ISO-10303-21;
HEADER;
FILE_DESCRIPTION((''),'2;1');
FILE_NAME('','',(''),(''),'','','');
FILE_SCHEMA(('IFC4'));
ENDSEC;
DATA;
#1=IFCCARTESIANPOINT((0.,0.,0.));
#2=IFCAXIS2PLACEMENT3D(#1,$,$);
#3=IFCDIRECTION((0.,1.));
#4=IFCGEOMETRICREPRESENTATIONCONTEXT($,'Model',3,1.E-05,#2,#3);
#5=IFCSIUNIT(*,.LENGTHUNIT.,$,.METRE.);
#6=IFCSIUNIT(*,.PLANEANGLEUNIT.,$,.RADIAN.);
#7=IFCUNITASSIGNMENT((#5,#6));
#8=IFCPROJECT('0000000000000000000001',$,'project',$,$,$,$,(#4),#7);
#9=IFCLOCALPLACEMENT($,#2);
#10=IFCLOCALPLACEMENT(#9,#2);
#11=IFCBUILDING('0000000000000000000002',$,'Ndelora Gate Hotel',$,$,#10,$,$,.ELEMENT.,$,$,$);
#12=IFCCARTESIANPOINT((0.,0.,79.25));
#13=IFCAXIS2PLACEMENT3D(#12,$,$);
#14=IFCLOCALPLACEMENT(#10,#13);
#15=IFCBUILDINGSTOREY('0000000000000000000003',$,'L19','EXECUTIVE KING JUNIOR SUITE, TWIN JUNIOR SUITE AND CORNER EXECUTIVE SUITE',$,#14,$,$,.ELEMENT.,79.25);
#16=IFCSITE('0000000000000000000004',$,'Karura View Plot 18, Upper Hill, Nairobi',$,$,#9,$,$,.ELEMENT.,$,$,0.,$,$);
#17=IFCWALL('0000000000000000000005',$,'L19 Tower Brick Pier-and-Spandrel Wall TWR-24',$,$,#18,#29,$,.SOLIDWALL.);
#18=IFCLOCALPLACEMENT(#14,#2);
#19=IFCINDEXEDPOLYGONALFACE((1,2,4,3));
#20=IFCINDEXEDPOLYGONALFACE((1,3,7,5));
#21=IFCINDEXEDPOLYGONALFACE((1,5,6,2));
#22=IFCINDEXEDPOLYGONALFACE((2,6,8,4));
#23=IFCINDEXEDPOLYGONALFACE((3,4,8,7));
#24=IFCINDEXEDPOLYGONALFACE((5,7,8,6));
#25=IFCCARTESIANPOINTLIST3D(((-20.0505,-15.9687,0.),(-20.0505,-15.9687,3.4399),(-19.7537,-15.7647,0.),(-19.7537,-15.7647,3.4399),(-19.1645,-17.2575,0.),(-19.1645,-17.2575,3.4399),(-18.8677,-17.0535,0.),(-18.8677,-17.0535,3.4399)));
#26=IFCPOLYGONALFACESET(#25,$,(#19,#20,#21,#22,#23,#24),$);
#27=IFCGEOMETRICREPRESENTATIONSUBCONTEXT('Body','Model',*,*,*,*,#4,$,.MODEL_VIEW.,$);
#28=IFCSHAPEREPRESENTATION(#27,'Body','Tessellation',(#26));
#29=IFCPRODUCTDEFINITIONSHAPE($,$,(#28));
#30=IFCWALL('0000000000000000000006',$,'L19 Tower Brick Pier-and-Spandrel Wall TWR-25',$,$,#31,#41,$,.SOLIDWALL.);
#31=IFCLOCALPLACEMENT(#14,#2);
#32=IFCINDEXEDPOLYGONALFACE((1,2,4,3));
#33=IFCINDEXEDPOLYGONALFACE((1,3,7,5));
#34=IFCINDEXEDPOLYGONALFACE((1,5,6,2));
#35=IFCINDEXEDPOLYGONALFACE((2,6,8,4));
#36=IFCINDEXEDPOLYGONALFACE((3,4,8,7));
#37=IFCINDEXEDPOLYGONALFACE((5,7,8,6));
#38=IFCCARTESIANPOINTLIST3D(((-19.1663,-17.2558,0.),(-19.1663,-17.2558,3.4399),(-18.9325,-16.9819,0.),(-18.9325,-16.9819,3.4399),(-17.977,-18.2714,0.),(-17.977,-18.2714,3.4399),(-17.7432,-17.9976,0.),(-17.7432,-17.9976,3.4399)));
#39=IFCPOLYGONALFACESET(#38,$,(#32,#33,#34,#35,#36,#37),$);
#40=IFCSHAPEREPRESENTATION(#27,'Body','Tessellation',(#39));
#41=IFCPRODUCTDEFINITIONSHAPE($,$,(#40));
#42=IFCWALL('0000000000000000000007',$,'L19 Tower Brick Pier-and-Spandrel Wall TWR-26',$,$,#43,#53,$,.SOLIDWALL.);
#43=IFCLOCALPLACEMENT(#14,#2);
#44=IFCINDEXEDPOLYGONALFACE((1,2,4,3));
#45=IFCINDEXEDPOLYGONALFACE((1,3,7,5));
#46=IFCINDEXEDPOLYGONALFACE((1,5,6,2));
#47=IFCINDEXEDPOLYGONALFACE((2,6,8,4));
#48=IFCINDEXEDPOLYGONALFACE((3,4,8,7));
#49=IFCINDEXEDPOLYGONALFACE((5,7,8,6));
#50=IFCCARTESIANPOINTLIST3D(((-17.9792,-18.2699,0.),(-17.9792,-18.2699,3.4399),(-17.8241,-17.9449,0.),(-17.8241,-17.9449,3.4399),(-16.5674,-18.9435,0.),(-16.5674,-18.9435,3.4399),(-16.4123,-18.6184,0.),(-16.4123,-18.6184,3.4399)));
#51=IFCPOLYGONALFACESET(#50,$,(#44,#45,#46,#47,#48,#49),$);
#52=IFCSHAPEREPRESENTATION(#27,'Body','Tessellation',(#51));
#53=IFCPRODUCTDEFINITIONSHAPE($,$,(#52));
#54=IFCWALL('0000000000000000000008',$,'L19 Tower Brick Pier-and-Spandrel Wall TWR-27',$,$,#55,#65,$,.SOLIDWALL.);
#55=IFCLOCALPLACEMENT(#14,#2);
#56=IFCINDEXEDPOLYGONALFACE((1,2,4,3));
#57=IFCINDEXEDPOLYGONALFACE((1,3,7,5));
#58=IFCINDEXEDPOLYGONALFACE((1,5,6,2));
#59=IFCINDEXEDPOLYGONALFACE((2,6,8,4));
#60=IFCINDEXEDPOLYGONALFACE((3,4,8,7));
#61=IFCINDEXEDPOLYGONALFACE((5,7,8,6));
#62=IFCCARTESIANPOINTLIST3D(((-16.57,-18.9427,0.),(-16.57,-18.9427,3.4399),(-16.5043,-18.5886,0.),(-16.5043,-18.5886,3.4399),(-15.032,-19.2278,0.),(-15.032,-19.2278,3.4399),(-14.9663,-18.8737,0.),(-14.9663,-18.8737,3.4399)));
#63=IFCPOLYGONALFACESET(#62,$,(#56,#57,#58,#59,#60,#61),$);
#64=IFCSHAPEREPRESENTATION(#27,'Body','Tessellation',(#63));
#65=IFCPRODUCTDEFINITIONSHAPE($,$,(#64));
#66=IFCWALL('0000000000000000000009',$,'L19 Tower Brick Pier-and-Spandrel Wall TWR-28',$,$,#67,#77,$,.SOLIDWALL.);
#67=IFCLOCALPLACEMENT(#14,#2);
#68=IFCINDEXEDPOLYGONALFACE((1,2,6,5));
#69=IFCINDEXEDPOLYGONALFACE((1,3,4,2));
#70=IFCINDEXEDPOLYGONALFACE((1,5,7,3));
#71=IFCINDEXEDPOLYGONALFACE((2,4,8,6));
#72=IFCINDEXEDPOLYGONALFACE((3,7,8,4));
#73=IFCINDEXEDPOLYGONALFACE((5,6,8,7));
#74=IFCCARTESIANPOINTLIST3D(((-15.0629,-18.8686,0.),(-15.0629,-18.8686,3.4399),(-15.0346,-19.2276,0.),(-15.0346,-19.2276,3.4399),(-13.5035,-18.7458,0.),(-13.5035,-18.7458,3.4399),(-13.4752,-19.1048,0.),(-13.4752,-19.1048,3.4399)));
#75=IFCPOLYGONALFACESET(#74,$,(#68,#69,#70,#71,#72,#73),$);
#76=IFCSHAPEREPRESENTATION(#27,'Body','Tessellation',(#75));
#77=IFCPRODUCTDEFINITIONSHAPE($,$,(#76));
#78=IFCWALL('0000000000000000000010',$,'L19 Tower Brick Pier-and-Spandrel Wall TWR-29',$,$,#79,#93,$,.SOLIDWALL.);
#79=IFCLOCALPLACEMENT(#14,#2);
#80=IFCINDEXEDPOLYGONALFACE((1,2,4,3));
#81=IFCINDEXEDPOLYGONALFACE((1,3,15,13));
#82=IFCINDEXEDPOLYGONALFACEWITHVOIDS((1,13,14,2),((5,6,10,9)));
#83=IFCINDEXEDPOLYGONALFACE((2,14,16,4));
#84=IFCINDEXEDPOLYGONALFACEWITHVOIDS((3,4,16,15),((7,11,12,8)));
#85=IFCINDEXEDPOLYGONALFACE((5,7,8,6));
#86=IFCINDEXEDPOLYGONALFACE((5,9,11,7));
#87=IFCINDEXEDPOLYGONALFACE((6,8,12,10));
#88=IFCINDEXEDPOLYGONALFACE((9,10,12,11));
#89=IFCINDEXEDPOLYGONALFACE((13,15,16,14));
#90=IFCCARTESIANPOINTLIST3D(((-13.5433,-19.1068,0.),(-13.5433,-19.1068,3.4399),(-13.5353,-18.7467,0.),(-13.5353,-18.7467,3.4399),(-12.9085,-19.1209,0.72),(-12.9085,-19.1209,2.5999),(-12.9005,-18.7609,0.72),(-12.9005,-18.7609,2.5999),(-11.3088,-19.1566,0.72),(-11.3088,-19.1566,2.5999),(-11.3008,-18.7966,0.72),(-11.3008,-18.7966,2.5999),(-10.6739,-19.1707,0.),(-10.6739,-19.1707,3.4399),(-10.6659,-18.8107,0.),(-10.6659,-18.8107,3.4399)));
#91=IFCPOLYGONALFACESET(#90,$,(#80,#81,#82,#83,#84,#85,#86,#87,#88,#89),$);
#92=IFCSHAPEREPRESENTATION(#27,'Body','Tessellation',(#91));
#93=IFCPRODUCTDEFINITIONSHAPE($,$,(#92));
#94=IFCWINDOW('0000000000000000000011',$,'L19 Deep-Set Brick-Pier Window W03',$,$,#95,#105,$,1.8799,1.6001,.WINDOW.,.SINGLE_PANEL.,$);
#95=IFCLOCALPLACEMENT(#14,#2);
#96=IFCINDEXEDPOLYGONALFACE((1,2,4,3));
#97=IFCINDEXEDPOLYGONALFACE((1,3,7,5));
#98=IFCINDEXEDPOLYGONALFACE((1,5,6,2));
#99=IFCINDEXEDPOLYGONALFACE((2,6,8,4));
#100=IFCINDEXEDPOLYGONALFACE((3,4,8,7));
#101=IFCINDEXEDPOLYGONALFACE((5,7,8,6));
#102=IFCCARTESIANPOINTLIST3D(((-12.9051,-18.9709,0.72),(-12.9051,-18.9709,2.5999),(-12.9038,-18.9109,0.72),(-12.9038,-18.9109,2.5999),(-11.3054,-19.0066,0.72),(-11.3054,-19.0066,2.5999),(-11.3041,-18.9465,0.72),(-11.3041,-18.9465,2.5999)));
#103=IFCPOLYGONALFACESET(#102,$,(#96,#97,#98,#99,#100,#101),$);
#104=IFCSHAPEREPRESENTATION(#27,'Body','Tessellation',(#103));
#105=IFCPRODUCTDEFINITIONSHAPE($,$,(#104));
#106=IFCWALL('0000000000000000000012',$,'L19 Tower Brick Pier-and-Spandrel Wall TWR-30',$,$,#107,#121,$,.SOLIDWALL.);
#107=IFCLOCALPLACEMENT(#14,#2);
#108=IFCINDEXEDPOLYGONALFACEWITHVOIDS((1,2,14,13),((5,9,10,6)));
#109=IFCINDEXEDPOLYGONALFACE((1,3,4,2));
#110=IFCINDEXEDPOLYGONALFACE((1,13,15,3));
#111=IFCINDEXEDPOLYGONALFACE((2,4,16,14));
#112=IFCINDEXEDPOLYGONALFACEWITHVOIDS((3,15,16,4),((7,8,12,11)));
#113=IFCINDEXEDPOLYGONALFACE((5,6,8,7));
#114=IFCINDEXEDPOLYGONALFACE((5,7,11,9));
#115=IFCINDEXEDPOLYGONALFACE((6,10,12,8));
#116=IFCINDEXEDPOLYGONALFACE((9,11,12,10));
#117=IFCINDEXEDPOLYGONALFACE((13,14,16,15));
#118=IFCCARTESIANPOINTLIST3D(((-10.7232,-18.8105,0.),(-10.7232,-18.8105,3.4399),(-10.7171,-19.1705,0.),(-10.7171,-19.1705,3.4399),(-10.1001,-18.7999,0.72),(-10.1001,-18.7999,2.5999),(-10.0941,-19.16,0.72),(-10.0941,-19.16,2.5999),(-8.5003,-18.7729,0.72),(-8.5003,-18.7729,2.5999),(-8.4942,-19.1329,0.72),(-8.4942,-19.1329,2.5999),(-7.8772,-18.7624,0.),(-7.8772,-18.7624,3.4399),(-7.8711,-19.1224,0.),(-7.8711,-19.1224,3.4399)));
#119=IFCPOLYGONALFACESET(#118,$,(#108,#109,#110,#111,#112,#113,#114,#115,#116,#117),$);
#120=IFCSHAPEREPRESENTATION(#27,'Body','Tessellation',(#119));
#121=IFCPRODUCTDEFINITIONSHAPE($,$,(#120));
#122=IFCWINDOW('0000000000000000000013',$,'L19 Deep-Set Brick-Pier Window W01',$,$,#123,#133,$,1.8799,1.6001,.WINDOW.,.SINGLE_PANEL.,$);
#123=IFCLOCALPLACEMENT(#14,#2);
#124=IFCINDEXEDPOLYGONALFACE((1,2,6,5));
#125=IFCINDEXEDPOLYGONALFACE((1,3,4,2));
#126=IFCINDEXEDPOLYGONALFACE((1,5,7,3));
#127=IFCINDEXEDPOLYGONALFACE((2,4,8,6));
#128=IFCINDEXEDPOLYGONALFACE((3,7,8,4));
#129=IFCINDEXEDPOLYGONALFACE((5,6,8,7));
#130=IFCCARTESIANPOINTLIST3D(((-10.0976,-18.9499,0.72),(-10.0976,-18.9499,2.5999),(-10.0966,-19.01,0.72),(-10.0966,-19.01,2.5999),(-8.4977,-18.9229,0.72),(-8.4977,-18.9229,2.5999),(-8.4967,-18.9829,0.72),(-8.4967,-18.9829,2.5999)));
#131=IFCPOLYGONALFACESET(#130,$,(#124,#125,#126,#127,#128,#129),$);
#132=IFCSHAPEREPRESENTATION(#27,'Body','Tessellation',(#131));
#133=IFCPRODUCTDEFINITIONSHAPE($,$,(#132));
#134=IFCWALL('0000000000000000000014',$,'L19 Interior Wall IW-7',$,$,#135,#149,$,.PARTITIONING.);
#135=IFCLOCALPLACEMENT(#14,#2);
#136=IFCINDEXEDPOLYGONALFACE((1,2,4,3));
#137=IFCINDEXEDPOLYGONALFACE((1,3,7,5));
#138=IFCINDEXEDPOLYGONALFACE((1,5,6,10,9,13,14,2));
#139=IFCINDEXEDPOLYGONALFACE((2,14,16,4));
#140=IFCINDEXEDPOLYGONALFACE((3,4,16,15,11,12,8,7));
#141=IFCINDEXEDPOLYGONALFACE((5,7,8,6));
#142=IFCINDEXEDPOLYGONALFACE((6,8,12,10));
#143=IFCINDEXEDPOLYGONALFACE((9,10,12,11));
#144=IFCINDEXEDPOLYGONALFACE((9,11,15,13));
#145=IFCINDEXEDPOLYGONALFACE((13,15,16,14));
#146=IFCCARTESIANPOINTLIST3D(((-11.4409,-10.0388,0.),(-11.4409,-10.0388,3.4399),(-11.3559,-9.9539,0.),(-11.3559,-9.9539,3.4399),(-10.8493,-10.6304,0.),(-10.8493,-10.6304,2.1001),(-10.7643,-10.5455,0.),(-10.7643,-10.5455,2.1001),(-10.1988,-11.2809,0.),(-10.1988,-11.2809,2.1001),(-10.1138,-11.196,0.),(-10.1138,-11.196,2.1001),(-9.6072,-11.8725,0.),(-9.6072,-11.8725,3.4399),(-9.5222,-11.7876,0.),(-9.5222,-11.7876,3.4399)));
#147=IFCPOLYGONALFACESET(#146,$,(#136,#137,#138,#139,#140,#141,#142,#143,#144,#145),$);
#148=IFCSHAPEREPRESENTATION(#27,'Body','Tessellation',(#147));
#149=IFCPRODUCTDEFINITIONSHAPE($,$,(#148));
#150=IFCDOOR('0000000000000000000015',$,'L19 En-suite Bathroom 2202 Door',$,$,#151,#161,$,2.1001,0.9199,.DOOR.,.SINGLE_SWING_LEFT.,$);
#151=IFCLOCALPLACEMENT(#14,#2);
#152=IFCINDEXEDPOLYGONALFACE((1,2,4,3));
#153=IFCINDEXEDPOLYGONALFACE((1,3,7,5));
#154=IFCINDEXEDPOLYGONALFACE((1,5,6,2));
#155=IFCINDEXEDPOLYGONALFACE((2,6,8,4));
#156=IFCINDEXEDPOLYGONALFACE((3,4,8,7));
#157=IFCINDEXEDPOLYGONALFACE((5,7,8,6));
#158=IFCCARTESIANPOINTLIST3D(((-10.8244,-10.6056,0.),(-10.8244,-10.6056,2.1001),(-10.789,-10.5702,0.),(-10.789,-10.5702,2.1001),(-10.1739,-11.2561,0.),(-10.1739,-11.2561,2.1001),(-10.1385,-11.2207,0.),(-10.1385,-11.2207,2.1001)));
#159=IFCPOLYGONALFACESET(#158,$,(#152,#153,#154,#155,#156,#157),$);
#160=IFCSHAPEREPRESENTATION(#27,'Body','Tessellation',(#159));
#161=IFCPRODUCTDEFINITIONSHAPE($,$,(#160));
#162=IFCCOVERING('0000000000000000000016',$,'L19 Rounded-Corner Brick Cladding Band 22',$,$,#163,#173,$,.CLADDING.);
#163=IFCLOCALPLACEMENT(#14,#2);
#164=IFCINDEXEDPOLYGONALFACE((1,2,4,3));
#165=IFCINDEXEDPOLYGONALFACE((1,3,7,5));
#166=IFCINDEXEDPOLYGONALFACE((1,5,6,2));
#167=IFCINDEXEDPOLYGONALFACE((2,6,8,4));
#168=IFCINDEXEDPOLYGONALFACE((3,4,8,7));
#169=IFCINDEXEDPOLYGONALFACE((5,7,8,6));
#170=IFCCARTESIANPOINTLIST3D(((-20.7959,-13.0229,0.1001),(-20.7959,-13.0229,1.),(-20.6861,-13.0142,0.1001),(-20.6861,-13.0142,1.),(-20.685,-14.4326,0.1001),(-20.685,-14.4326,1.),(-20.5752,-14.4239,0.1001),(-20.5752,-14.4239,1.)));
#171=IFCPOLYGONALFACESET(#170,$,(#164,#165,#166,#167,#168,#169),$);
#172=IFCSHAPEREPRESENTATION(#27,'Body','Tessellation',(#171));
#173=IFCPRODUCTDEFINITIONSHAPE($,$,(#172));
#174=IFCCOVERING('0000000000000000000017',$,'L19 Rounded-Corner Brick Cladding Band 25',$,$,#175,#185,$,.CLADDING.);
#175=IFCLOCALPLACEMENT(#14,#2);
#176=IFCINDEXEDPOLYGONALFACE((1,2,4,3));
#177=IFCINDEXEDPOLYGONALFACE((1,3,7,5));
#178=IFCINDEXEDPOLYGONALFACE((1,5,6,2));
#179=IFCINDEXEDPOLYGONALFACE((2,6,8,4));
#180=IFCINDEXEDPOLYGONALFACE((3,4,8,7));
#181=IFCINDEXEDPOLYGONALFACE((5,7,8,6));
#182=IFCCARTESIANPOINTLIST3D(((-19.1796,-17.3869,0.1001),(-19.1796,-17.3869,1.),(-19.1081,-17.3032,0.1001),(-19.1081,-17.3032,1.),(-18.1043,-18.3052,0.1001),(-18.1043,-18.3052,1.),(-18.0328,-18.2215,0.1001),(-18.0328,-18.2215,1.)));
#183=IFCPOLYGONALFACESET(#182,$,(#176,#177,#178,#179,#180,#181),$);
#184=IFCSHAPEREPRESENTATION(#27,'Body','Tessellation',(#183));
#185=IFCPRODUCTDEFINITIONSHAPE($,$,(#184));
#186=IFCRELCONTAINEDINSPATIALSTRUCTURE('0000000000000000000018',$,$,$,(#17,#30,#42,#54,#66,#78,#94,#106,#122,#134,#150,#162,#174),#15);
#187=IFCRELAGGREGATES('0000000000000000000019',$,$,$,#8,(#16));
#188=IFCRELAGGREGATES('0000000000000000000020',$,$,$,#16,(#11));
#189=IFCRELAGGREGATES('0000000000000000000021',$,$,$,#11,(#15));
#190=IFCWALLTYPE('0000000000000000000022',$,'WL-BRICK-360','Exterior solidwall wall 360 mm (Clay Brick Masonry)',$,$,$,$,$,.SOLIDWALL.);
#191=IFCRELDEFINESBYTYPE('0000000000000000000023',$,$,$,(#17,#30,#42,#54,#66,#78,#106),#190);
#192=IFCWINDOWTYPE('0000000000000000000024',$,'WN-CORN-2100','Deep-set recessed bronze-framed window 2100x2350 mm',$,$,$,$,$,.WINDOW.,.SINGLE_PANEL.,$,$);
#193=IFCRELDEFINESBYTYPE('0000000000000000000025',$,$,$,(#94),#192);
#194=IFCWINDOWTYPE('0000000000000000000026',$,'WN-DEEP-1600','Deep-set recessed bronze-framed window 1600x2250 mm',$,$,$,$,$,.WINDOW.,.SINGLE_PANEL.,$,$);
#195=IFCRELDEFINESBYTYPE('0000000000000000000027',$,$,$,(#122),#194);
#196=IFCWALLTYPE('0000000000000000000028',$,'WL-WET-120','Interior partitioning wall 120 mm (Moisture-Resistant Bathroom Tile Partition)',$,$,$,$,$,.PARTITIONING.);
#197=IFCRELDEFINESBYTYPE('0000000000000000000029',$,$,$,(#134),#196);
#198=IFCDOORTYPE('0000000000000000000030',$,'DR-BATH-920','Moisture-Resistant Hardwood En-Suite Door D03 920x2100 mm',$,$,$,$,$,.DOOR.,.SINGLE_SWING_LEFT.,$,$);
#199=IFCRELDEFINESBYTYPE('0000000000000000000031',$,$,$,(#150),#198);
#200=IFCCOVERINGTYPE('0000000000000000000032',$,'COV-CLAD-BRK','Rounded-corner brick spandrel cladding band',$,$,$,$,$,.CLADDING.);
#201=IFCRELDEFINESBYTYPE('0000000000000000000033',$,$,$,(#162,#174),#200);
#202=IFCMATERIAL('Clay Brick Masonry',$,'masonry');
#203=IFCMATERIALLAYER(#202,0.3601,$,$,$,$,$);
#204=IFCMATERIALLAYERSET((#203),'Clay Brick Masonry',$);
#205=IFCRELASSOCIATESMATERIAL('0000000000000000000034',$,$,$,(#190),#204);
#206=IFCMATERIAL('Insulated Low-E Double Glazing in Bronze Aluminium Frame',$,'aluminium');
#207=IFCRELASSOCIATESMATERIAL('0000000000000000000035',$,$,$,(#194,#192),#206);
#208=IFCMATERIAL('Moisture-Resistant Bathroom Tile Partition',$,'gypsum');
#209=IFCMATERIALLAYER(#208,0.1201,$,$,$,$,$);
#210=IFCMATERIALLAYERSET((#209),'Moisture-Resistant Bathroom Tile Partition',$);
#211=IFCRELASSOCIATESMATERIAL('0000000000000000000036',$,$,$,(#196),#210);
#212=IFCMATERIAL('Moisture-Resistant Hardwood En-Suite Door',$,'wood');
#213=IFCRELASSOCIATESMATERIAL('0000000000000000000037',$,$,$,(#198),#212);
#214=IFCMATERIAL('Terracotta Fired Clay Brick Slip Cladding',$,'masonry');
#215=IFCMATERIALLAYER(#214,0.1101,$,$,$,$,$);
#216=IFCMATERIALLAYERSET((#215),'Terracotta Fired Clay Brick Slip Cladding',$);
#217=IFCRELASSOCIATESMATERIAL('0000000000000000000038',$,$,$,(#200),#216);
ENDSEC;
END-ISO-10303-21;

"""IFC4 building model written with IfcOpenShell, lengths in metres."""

from ifc_helpers import new_model, si_unit, direction, frame, frame_2d, origin, origin_2d, place, context, subcontext, project, spatial, rectangle, extrude, material, layer, layer_set, type_object, element, fill, save


model = new_model("IFC4")

# Units and contexts
model_context = context("Model", 3, precision=1e-05, world=origin(), true_north=direction((0.0, 1.0)))
body_context = subcontext(model_context, "Body", "Model", "MODEL_VIEW")
ifc_project = project(units=[si_unit("LENGTHUNIT", "METRE"), si_unit("PLANEANGLEUNIT", "RADIAN")], contexts=[model_context])

# Site, building, storey
site_placement = place(None, origin())
site = spatial("IfcSite", under=ifc_project, at=site_placement, Name="Karura View Plot 18, Upper Hill, Nairobi", CompositionType="ELEMENT", RefElevation=0.0)
building_placement = place(site_placement, origin())
building = spatial("IfcBuilding", under=site, at=building_placement, Name="Ndelora Gate Hotel", CompositionType="ELEMENT")
storey_placement = place(building_placement, frame((0.0, 0.0, 79.25)))
storey = spatial("IfcBuildingStorey", under=building, at=storey_placement, Name="L19", Description="EXECUTIVE KING JUNIOR SUITE, TWIN JUNIOR SUITE AND CORNER EXECUTIVE SUITE", CompositionType="ELEMENT", Elevation=79.25)

# Shared definitions
ifc_material_1 = material(Name="Clay Brick Masonry", Category="masonry")
ifc_layer_1 = layer(ifc_material_1, 0.3601)
ifc_layer_set_1 = layer_set([ifc_layer_1], Name="Clay Brick Masonry")
wall_type_1 = type_object("IfcWallType", Name="WL-BRICK-360", Description="Exterior solidwall wall 360 mm (Clay Brick Masonry)", PredefinedType="SOLIDWALL", material=ifc_layer_set_1)
ifc_material_2 = material(Name="Insulated Low-E Double Glazing in Bronze Aluminium Frame", Category="aluminium")
window_type_1 = type_object("IfcWindowType", Name="WN-DEEP-1600", Description="Deep-set recessed bronze-framed window 1600x2250 mm", PartitioningType="SINGLE_PANEL", PredefinedType="WINDOW", material=ifc_material_2)

# Walls
for number, where, z_axis, x_axis, name in (
    (1, (-19.0161, -17.1555, 0.0), (0.0, 0.0, 1.0), (-0.566496, 0.824065, 0.0), "L19 Tower Brick Pier-and-Spandrel Wall TWR-24"),
    (2, (-17.8601, -18.1345, 0.0), (0.0, 0.0, 1.0), (-0.760423, 0.649428, 0.0), "L19 Tower Brick Pier-and-Spandrel Wall TWR-25"),
):
    element("IfcWall", number, at=place(storey_placement, frame(where, z_axis=z_axis, x_axis=x_axis)), inside=storey, type_object=wall_type_1, Name=name, PredefinedType="SOLIDWALL", context=body_context, shape_type="SweptSolid", body=[
        extrude(rectangle(XDim=1.564, YDim=0.3601, at=frame_2d((0.782, 0.0))), origin(), (0.0, 0.0, 1.0), 3.4399),
    ])
for number, where, z_axis, x_axis, name in (
    (3, (-16.4897, -18.781, 0.0), (0.0, 0.0, 1.0), (-0.902546, 0.430594, 0.0), "L19 Tower Brick Pier-and-Spandrel Wall TWR-26"),
    (4, (-14.999, -19.0508, 0.0), (0.0, 0.0, 1.0), (-0.983245, 0.18229, 0.0), "L19 Tower Brick Pier-and-Spandrel Wall TWR-27"),
    (5, (-13.4893, -18.9253, 0.0), (0.0, 0.0, 1.0), (-0.996913, -0.078511, 0.0), "L19 Tower Brick Pier-and-Spandrel Wall TWR-28"),
):
    element("IfcWall", number, at=place(storey_placement, frame(where, z_axis=z_axis, x_axis=x_axis)), inside=storey, type_object=wall_type_1, Name=name, PredefinedType="SOLIDWALL", context=body_context, shape_type="SweptSolid", body=[
        extrude(rectangle(XDim=1.5642, YDim=0.3601, at=frame_2d((0.7822, 0.0))), origin(), (0.0, 0.0, 1.0), 3.4399),
    ])

# Walls, openings, windows
wall_1_placement = place(storey_placement, frame((-10.6699, -18.9907, 0.0), z_axis=(0.0, 0.0, 1.0), x_axis=(-0.999752, 0.022287, 0.0)))
wall_1 = element("IfcWall", 6, at=wall_1_placement, inside=storey, type_object=wall_type_1, Name="L19 Tower Brick Pier-and-Spandrel Wall TWR-29", PredefinedType="SOLIDWALL", context=body_context, shape_type="SweptSolid", body=[
    extrude(rectangle(XDim=2.8701, YDim=0.3601, at=frame_2d((1.4351, 0.0))), origin(), (0.0, 0.0, 1.0), 3.4399),
])
opening_1_placement = place(wall_1_placement, frame((0.635, 0.0, 0.72)))
opening_1 = element("IfcOpeningElement", 7, at=opening_1_placement, cuts=wall_1, PredefinedType="OPENING", context=body_context, shape_type="SweptSolid", body=[
    extrude(rectangle(XDim=1.6001, YDim=1.8799, at=frame_2d((0.8, 0.9399))), frame((0.0, 0.1899, 0.0), z_axis=(0.0, -1.0, 0.0), x_axis=(1.0, 0.0, 0.0)), (0.0, 0.0, 1.0), 0.3801),
])
window_type_2 = type_object("IfcWindowType", Name="WN-CORN-2100", Description="Deep-set recessed bronze-framed window 2100x2350 mm", PartitioningType="SINGLE_PANEL", PredefinedType="WINDOW", material=ifc_material_2)
window_1_placement = place(opening_1_placement, origin())
window_1 = element("IfcWindow", 8, at=window_1_placement, inside=storey, type_object=window_type_2, Name="L19 Deep-Set Brick-Pier Window W03", OverallHeight=1.8799, OverallWidth=1.6001, PartitioningType="SINGLE_PANEL", PredefinedType="WINDOW", context=body_context, shape_type="SweptSolid", body=[
    extrude(rectangle(XDim=1.6001, YDim=1.8799, at=frame_2d((0.8, 0.9399))), frame((0.0, 0.03, 0.0), z_axis=(0.0, -1.0, 0.0), x_axis=(1.0, 0.0, 0.0)), (0.0, 0.0, 1.0), 0.0601),
])
fill(opening_1, window_1)
wall_2_placement = place(storey_placement, frame((-7.874, -18.9424, 0.0), z_axis=(0.0, 0.0, 1.0), x_axis=(-0.999857, -0.016897, 0.0)))
wall_2 = element("IfcWall", 9, at=wall_2_placement, inside=storey, type_object=wall_type_1, Name="L19 Tower Brick Pier-and-Spandrel Wall TWR-30", PredefinedType="SOLIDWALL", context=body_context, shape_type="SweptSolid", body=[
    extrude(rectangle(XDim=2.8464, YDim=0.3601, at=frame_2d((1.4233, 0.0))), origin(), (0.0, 0.0, 1.0), 3.4399),
])
opening_2_placement = place(wall_2_placement, frame((0.6233, 0.0, 0.72)))
opening_2 = element("IfcOpeningElement", 10, at=opening_2_placement, cuts=wall_2, PredefinedType="OPENING", context=body_context, shape_type="SweptSolid", body=[
    extrude(rectangle(XDim=1.6001, YDim=1.8799, at=frame_2d((0.8, 0.9399))), frame((0.0, 0.1899, 0.0), z_axis=(0.0, -1.0, 0.0), x_axis=(1.0, 0.0, 0.0)), (0.0, 0.0, 1.0), 0.3801),
])
window_2_placement = place(opening_2_placement, origin())
window_2 = element("IfcWindow", 11, at=window_2_placement, inside=storey, type_object=window_type_1, Name="L19 Deep-Set Brick-Pier Window W01", OverallHeight=1.8799, OverallWidth=1.6001, PartitioningType="SINGLE_PANEL", PredefinedType="WINDOW", context=body_context, shape_type="SweptSolid", body=[
    extrude(rectangle(XDim=1.6001, YDim=1.8799, at=frame_2d((0.8, 0.9399))), frame((0.0, 0.03, 0.0), z_axis=(0.0, -1.0, 0.0), x_axis=(1.0, 0.0, 0.0)), (0.0, 0.0, 1.0), 0.0601),
])
fill(opening_2, window_2)

# Wall, opening, door
ifc_material_3 = material(Name="Moisture-Resistant Bathroom Tile Partition", Category="gypsum")
ifc_layer_2 = layer(ifc_material_3, 0.1201)
ifc_layer_set_2 = layer_set([ifc_layer_2], Name="Moisture-Resistant Bathroom Tile Partition")
wall_type_2 = type_object("IfcWallType", Name="WL-WET-120", Description="Interior partitioning wall 120 mm (Moisture-Resistant Bathroom Tile Partition)", PredefinedType="PARTITIONING", material=ifc_layer_set_2)
wall_3_placement = place(storey_placement, frame((-9.5647, -11.8301, 0.0), z_axis=(0.0, 0.0, 1.0), x_axis=(-0.707107, 0.707107, 0.0)))
wall_3 = element("IfcWall", 12, at=wall_3_placement, inside=storey, type_object=wall_type_2, Name="L19 Interior Wall IW-7", PredefinedType="PARTITIONING", context=body_context, shape_type="SweptSolid", body=[
    extrude(rectangle(XDim=2.5933, YDim=0.1201, at=frame_2d((1.2966, 0.0))), origin(), (0.0, 0.0, 1.0), 3.4399),
])
opening_3_placement = place(wall_3_placement, frame((0.8367, 0.0, 0.0)))
opening_3 = element("IfcOpeningElement", 13, at=opening_3_placement, cuts=wall_3, PredefinedType="OPENING", context=body_context, shape_type="SweptSolid", body=[
    extrude(rectangle(XDim=0.9199, YDim=2.1001, at=frame_2d((0.46, 1.05))), frame((0.0, 0.0701, 0.0), z_axis=(0.0, -1.0, 0.0), x_axis=(1.0, 0.0, 0.0)), (0.0, 0.0, 1.0), 0.1401),
])
ifc_material_4 = material(Name="Moisture-Resistant Hardwood En-Suite Door", Category="wood")
door_type = type_object("IfcDoorType", Name="DR-BATH-920", Description="Moisture-Resistant Hardwood En-Suite Door D03 920x2100 mm", OperationType="SINGLE_SWING_LEFT", PredefinedType="DOOR", material=ifc_material_4)
door_placement = place(opening_3_placement, origin())
door = element("IfcDoor", 14, at=door_placement, inside=storey, type_object=door_type, Name="L19 En-suite Bathroom 2202 Door", OperationType="SINGLE_SWING_LEFT", OverallHeight=2.1001, OverallWidth=0.9199, PredefinedType="DOOR", context=body_context, shape_type="SweptSolid", body=[
    extrude(rectangle(XDim=0.9199, YDim=2.1001, at=frame_2d((0.46, 1.05))), frame((0.0, 0.0249, 0.0), z_axis=(0.0, -1.0, 0.0), x_axis=(1.0, 0.0, 0.0)), (0.0, 0.0, 1.0), 0.05),
])
fill(opening_3, door)

# Coverings
ifc_material_5 = material(Name="Terracotta Fired Clay Brick Slip Cladding", Category="masonry")
ifc_layer_3 = layer(ifc_material_5, 0.1101)
ifc_layer_set_3 = layer_set([ifc_layer_3], Name="Terracotta Fired Clay Brick Slip Cladding")
covering_type_1 = type_object("IfcCoveringType", Name="COV-CLAD-BRK", Description="Rounded-corner brick spandrel cladding band", PredefinedType="CLADDING", material=ifc_layer_set_3)
for number, where, z_axis, x_axis, name in (
    (15, (-20.6855, -13.7234, 0.1001), (0.0, 0.0, 1.0), (-0.078459, 0.996917, 0.0), "L19 Rounded-Corner Brick Cladding Band 22"),
    (16, (-18.6062, -17.8042, 0.1001), (0.0, 0.0, 1.0), (-0.760406, 0.649448, 0.0), "L19 Rounded-Corner Brick Cladding Band 25"),
):
    element("IfcCovering", number, at=place(storey_placement, frame(where, z_axis=z_axis, x_axis=x_axis)), inside=storey, type_object=covering_type_1, Name=name, PredefinedType="CLADDING", context=body_context, shape_type="SweptSolid", body=[
        extrude(rectangle(XDim=1.4141, YDim=0.1101, at=origin_2d()), origin(), (0.0, 0.0, 1.0), 0.8999),
    ])

save(model, "model.ifc")
